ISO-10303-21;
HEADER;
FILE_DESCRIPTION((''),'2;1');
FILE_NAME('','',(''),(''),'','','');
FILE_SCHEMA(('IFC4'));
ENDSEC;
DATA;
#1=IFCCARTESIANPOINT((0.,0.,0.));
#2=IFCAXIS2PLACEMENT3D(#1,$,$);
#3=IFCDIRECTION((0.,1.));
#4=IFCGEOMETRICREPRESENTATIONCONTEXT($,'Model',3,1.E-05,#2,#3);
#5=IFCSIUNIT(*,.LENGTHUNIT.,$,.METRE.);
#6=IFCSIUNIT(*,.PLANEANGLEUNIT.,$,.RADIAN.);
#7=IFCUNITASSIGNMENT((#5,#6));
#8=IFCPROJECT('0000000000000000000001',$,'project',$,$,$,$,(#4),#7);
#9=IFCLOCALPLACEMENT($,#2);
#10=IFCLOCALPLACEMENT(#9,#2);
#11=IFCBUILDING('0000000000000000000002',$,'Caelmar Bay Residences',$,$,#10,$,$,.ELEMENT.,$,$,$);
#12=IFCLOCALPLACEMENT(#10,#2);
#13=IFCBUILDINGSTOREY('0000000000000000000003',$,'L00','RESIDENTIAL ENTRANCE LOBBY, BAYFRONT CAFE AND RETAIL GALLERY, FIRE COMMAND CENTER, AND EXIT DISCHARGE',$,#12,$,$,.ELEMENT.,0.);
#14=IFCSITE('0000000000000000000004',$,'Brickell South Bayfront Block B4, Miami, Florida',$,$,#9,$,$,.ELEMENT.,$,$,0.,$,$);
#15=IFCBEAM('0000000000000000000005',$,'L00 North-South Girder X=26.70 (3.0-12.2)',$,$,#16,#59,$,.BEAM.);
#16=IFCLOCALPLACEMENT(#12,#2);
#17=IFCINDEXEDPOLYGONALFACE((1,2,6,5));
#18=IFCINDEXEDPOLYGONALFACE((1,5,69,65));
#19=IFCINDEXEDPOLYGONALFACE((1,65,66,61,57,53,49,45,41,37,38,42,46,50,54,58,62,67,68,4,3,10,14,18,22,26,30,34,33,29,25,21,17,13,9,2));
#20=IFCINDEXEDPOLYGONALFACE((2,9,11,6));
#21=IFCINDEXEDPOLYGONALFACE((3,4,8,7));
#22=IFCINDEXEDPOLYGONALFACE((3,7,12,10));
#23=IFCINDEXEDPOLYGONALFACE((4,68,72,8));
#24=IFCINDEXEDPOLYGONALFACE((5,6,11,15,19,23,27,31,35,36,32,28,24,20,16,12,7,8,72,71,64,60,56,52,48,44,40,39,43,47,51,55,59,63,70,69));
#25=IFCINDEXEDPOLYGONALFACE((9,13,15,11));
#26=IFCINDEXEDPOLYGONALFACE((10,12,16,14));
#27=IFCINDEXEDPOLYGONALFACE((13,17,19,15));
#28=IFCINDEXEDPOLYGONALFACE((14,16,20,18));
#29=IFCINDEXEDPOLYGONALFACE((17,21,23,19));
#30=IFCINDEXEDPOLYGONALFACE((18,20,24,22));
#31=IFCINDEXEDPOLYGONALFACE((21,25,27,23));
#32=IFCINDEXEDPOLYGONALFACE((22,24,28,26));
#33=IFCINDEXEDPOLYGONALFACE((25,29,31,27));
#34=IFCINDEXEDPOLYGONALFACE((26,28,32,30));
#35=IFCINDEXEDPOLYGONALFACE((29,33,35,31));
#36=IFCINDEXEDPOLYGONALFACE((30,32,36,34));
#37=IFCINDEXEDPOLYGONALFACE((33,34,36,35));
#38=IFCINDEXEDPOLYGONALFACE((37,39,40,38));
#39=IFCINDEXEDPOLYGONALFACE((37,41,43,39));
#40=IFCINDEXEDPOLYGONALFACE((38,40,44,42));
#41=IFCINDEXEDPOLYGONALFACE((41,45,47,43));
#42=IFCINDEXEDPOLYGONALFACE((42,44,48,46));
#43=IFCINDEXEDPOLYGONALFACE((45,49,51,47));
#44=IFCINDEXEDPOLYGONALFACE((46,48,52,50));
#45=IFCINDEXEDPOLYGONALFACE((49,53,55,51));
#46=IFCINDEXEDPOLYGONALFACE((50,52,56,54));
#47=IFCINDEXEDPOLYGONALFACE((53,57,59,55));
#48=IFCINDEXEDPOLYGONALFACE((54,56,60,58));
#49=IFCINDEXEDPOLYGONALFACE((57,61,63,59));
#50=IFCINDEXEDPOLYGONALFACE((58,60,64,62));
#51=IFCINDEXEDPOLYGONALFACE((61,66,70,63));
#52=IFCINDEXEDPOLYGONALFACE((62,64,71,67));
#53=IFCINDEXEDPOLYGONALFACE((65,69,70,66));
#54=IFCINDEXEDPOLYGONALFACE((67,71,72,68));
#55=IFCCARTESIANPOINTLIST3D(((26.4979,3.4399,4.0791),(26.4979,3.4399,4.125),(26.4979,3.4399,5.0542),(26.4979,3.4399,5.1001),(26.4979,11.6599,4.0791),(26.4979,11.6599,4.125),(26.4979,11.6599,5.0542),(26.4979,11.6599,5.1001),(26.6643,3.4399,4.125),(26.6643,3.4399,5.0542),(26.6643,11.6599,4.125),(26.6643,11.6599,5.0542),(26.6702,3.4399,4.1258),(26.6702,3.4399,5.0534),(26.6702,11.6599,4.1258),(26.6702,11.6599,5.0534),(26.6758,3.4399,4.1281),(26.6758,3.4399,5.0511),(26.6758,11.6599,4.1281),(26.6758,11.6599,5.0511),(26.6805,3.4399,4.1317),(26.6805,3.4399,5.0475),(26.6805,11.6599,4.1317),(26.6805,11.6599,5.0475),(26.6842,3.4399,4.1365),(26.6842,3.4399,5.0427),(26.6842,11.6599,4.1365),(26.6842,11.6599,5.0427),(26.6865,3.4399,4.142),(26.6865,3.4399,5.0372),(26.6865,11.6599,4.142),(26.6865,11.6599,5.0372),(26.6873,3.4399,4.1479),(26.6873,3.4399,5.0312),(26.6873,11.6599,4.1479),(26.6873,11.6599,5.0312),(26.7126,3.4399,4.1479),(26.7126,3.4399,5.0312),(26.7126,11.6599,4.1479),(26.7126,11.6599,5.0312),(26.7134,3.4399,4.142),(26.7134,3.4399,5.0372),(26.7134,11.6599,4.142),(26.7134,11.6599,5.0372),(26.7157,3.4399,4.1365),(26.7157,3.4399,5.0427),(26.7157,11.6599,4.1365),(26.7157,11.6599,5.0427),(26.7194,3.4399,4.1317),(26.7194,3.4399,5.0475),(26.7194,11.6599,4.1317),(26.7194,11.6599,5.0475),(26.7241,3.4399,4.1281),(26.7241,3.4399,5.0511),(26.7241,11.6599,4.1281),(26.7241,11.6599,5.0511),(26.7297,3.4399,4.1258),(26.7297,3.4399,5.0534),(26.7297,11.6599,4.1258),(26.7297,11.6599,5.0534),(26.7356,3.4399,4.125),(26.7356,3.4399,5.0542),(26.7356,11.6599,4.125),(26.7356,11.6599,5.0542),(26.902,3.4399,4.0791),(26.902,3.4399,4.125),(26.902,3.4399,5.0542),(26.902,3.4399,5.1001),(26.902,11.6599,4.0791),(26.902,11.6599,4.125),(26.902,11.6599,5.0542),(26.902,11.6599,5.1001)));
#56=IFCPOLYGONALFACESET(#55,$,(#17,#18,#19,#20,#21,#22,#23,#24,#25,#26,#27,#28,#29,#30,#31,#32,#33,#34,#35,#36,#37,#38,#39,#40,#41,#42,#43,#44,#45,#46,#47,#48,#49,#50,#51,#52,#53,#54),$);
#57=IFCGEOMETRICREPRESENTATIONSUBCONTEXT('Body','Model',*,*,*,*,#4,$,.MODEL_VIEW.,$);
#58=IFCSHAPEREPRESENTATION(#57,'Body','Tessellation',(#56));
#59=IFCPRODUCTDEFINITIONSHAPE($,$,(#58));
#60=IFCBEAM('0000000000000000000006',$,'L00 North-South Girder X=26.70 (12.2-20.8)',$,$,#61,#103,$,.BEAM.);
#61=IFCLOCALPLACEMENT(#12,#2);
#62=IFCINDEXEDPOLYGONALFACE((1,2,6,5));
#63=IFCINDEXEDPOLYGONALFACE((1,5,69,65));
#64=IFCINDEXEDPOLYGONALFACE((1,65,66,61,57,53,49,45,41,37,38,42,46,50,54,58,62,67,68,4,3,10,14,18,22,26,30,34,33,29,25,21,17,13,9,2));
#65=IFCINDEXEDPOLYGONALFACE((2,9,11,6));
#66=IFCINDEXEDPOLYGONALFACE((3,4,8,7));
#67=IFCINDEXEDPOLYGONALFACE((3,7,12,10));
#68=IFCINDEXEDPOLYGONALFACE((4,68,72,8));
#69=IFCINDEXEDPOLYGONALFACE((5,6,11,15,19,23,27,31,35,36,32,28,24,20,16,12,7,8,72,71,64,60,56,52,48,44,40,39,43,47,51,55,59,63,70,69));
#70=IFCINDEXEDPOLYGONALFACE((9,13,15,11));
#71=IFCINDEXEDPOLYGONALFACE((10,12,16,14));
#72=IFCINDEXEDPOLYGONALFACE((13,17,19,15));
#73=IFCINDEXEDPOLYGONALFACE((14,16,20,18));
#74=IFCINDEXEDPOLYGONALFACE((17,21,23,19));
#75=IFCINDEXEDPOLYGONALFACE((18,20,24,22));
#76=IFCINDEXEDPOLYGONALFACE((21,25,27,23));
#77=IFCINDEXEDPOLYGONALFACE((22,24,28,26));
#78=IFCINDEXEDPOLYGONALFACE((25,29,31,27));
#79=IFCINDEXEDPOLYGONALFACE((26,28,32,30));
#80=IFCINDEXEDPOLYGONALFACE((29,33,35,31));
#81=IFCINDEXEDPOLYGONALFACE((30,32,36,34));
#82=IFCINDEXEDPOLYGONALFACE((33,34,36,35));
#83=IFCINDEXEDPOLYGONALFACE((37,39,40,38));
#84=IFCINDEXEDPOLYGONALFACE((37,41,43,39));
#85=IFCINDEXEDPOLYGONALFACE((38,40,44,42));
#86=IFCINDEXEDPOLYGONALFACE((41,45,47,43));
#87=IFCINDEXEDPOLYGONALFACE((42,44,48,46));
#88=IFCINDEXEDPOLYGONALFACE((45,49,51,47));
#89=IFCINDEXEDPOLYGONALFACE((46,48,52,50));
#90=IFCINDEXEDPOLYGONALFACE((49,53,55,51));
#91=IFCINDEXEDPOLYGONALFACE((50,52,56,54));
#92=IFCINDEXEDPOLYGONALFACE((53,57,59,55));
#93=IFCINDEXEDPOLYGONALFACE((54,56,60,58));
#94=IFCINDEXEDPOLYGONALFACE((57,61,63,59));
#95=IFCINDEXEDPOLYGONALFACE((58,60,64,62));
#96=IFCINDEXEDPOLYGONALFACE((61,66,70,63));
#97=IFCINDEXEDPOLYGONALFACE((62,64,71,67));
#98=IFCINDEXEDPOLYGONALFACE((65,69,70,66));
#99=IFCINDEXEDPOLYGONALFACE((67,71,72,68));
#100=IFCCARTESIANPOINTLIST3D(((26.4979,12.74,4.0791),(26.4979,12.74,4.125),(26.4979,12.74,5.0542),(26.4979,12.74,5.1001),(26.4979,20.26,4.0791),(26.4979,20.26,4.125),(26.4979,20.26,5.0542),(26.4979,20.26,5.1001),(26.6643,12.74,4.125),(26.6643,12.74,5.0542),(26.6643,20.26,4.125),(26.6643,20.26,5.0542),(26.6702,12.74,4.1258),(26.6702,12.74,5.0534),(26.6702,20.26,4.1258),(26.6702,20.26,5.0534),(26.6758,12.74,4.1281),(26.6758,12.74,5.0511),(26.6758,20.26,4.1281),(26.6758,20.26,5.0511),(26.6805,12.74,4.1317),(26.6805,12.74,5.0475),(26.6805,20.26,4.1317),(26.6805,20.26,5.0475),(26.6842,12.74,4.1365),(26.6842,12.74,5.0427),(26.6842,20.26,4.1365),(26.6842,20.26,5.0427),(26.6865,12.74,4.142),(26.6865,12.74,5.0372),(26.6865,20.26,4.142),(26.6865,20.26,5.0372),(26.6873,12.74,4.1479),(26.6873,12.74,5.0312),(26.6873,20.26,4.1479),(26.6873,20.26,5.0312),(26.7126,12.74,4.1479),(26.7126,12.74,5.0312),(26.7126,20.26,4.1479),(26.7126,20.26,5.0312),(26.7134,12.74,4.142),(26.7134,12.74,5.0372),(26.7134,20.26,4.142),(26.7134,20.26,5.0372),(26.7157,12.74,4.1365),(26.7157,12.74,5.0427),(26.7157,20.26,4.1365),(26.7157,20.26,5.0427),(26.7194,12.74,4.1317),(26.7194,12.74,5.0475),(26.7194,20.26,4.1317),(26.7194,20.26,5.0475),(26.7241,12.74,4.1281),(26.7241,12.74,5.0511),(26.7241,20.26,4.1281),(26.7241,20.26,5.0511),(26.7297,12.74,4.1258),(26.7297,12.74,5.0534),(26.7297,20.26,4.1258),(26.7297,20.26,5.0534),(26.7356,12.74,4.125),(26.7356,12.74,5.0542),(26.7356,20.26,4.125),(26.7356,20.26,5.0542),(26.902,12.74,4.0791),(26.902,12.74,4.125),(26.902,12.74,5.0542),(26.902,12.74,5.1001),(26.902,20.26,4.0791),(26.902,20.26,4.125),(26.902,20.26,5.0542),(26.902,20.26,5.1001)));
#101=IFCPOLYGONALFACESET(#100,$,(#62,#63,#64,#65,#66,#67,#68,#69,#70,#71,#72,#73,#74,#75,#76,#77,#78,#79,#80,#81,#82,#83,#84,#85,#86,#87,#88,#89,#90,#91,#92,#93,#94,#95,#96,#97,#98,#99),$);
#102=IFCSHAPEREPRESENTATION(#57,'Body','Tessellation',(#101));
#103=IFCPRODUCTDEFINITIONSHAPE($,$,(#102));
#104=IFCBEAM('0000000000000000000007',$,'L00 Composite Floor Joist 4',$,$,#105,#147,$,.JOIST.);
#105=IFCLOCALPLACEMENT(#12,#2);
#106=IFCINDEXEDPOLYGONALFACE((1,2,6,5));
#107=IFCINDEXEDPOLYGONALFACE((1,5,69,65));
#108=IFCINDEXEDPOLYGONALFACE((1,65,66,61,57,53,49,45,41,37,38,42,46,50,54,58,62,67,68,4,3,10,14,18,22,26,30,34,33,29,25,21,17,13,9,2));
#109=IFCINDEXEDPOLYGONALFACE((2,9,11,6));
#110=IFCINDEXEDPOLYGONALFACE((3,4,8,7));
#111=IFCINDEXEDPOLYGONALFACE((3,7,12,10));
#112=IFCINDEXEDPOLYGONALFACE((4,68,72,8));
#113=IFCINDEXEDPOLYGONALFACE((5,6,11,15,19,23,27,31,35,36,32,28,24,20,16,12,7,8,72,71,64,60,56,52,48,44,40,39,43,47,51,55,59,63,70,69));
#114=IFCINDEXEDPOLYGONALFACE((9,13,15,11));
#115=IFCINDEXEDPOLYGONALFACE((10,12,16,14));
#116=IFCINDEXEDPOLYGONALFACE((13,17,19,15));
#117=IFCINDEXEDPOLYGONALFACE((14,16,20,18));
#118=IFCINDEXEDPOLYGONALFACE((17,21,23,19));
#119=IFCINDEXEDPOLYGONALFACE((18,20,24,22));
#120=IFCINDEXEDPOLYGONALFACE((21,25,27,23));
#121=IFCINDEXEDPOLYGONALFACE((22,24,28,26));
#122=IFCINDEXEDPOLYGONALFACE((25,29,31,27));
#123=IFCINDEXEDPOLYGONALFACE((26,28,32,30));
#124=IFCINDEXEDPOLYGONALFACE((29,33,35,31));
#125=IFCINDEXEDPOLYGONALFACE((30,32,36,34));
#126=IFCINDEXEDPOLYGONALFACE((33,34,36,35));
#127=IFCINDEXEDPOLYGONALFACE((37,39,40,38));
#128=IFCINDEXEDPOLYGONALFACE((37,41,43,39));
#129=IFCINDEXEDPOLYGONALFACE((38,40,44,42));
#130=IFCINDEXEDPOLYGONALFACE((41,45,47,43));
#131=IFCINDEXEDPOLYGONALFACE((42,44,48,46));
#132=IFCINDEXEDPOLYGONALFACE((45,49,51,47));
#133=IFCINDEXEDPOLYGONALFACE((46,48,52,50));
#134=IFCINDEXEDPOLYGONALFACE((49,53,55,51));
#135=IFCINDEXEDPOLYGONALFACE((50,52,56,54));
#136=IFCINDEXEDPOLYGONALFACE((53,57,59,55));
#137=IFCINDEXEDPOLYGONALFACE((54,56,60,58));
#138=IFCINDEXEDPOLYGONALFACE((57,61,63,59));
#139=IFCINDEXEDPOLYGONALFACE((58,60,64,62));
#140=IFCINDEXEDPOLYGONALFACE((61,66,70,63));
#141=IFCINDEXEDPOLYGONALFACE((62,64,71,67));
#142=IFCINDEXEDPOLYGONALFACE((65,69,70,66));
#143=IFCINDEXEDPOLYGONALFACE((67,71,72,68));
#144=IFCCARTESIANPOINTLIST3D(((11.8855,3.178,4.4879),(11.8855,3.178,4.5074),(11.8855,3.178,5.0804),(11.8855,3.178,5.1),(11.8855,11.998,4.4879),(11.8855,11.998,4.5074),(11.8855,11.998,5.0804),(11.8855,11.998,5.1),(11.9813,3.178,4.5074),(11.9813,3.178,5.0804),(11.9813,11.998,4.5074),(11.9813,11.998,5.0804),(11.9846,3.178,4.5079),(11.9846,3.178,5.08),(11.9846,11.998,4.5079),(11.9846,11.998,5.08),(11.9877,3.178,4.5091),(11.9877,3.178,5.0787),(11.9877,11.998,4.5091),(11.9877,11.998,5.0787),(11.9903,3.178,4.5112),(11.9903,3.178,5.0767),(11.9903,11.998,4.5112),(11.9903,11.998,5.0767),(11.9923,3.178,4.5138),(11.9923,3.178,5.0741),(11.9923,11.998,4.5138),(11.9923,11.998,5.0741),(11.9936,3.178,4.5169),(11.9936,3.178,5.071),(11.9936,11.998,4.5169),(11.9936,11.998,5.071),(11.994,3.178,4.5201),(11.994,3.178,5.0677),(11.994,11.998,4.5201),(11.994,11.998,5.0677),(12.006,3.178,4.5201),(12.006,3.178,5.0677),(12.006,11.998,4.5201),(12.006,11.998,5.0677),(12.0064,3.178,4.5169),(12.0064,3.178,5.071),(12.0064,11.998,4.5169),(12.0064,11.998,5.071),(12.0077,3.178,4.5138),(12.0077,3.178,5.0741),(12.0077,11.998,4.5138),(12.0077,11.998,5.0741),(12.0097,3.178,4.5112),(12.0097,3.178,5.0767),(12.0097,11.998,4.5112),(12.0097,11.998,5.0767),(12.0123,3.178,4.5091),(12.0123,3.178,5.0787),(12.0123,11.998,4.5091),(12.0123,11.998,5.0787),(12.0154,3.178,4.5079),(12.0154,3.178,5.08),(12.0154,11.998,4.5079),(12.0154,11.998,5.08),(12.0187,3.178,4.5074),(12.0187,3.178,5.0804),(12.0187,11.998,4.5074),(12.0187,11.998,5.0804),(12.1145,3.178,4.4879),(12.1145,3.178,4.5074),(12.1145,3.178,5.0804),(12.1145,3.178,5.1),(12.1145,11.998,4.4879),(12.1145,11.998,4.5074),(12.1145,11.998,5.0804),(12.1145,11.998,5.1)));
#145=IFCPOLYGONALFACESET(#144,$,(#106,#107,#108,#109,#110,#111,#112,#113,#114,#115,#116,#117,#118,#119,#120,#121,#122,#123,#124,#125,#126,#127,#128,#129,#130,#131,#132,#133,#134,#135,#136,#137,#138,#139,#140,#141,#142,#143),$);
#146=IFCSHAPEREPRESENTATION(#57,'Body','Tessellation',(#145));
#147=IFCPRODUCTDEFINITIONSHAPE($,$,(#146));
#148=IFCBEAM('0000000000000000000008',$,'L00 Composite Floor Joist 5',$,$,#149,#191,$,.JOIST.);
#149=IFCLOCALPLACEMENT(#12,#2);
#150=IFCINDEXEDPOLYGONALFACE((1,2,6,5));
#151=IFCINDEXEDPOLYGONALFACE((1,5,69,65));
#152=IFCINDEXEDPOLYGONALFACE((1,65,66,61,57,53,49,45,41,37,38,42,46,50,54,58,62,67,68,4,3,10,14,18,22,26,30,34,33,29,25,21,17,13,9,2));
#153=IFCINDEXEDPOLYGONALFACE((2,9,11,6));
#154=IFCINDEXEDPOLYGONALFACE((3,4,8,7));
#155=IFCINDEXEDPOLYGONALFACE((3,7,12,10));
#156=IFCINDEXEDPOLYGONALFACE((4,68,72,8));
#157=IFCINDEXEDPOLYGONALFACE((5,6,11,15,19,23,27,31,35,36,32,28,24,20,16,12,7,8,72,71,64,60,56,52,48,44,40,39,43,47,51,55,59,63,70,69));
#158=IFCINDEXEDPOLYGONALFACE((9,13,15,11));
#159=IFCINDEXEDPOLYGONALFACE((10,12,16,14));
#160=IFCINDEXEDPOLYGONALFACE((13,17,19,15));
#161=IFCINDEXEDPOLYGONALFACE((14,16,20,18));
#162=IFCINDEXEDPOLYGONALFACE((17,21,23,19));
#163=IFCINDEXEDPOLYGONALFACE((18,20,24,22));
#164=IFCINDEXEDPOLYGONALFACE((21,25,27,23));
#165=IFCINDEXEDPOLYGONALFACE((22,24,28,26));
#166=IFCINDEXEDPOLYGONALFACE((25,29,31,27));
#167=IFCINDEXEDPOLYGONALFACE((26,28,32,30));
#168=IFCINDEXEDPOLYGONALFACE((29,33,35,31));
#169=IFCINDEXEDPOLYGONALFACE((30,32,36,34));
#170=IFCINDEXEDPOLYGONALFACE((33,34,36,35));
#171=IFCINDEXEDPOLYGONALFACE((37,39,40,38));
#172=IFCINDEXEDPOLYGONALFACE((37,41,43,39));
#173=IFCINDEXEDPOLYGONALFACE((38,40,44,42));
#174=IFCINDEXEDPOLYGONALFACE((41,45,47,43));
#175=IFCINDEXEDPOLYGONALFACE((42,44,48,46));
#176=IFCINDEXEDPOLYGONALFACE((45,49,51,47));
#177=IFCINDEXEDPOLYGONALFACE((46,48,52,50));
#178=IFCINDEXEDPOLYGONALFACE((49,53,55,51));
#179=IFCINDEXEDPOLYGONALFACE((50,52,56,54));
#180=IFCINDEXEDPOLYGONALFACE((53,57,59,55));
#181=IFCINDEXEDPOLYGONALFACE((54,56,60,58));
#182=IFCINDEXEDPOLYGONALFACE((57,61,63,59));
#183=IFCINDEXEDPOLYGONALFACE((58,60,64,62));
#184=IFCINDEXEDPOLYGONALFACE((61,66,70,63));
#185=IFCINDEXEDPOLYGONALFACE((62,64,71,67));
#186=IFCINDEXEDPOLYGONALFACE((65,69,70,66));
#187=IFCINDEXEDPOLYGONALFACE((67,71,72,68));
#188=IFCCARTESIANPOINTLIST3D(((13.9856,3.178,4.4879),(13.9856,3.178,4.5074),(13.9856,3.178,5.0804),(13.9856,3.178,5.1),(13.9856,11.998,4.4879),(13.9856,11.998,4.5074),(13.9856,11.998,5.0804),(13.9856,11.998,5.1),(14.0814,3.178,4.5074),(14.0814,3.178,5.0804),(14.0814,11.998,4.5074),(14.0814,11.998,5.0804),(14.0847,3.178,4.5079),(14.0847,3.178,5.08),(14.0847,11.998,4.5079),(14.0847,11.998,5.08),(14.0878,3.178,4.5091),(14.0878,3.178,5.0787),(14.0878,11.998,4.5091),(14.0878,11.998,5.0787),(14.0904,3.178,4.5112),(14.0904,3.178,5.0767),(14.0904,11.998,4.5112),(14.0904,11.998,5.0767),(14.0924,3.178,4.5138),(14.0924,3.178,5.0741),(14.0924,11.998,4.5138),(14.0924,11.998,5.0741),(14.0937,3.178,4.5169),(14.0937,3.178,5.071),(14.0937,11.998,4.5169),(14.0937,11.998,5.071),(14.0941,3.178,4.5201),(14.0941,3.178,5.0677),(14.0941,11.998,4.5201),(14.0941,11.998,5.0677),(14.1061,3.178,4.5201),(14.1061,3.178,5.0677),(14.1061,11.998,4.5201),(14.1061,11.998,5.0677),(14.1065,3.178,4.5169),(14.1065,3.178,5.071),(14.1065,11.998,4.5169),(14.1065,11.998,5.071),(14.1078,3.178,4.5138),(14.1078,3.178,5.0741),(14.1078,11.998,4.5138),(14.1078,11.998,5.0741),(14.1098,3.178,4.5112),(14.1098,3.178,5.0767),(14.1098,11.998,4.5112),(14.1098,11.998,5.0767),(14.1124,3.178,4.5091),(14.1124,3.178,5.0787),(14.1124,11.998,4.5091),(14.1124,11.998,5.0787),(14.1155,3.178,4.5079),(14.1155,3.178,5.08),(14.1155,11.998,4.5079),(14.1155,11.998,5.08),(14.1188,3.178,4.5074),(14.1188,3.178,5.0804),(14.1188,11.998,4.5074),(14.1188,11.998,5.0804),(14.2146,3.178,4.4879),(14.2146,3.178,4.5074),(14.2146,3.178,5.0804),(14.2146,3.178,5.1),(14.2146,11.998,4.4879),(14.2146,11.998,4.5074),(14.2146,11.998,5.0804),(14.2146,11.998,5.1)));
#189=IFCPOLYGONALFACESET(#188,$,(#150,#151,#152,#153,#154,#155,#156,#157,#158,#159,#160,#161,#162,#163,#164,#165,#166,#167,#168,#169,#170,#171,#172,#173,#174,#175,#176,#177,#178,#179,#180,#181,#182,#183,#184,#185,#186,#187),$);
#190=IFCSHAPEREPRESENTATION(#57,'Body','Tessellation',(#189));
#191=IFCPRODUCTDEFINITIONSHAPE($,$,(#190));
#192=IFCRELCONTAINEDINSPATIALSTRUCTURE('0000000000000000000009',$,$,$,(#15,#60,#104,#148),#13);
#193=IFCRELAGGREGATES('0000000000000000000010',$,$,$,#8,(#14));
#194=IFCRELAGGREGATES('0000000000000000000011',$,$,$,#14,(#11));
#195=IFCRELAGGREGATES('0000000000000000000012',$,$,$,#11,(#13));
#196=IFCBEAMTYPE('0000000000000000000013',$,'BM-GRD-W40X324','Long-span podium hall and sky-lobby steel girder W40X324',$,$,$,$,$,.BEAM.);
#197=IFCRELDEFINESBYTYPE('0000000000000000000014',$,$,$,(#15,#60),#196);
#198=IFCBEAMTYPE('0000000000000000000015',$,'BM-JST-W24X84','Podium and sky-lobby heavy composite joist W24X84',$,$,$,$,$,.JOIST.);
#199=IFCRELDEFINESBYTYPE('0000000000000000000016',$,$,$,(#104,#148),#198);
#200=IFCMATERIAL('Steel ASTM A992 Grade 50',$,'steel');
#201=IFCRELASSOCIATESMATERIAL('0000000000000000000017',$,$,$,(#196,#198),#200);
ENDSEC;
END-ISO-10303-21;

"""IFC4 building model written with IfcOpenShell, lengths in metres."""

from ifc_helpers import new_model, si_unit, direction, frame, origin, origin_2d, place, context, subcontext, project, spatial, i_section, extrude, material, material_profile, profile_set, type_object, element, save


model = new_model("IFC4")

# Units and contexts
model_context = context("Model", 3, precision=1e-05, world=origin(), true_north=direction((0.0, 1.0)))
body_context = subcontext(model_context, "Body", "Model", "MODEL_VIEW")
ifc_project = project(units=[si_unit("LENGTHUNIT", "METRE"), si_unit("PLANEANGLEUNIT", "RADIAN")], contexts=[model_context])

# Site, building, storey
site_placement = place(None, origin())
site = spatial("IfcSite", under=ifc_project, at=site_placement, Name="Brickell South Bayfront Block B4, Miami, Florida", CompositionType="ELEMENT", RefElevation=0.0)
building_placement = place(site_placement, origin())
building = spatial("IfcBuilding", under=site, at=building_placement, Name="Caelmar Bay Residences", CompositionType="ELEMENT")
storey_placement = place(building_placement, origin())
storey = spatial("IfcBuildingStorey", under=building, at=storey_placement, Name="L00", Description="RESIDENTIAL ENTRANCE LOBBY, BAYFRONT CAFE AND RETAIL GALLERY, FIRE COMMAND CENTER, AND EXIT DISCHARGE", CompositionType="ELEMENT", Elevation=0.0)

# Beams
ifc_material_1 = material(Name="Steel ASTM A992 Grade 50", Category="steel")
ifc_material_profile_1 = material_profile(ifc_material_1, i_section(OverallWidth=0.4041, OverallDepth=1.021, WebThickness=0.0254, FlangeThickness=0.0459, FilletRadius=0.0229, at=origin_2d()), Name="W40X324")
ifc_profile_set_1 = profile_set([ifc_material_profile_1], Name="Steel ASTM A992 Grade 50")
beam_type_1 = type_object("IfcBeamType", Name="BM-GRD-W40X324", Description="Long-span podium hall and sky-lobby steel girder W40X324", PredefinedType="BEAM", material=ifc_profile_set_1)
beam_1_placement = place(storey_placement, frame((26.7, 3.4399, 4.5896), z_axis=(0.0, 1.0, 0.0), x_axis=(-1.0, 0.0, 0.0)))
element("IfcBeam", 1, at=beam_1_placement, inside=storey, type_object=beam_type_1, Name="L00 North-South Girder X=26.70 (3.0-12.2)", PredefinedType="BEAM", context=body_context, shape_type="SweptSolid", body=[
    extrude(i_section(OverallWidth=0.4041, OverallDepth=1.021, WebThickness=0.0254, FlangeThickness=0.0459, FilletRadius=0.0229, at=origin_2d()), origin(), (0.0, 0.0, 1.0), 8.22),
])
beam_2_placement = place(storey_placement, frame((26.7, 12.74, 4.5896), z_axis=(0.0, 1.0, 0.0), x_axis=(-1.0, 0.0, 0.0)))
element("IfcBeam", 2, at=beam_2_placement, inside=storey, type_object=beam_type_1, Name="L00 North-South Girder X=26.70 (12.2-20.8)", PredefinedType="BEAM", context=body_context, shape_type="SweptSolid", body=[
    extrude(i_section(OverallWidth=0.4041, OverallDepth=1.021, WebThickness=0.0254, FlangeThickness=0.0459, FilletRadius=0.0229, at=origin_2d()), origin(), (0.0, 0.0, 1.0), 7.52),
])
ifc_material_profile_2 = material_profile(ifc_material_1, i_section(OverallWidth=0.229, OverallDepth=0.6121, WebThickness=0.012, FlangeThickness=0.0195, FilletRadius=0.0127, at=origin_2d()), Name="W24X84")
ifc_profile_set_2 = profile_set([ifc_material_profile_2], Name="Steel ASTM A992 Grade 50")
beam_type_2 = type_object("IfcBeamType", Name="BM-JST-W24X84", Description="Podium and sky-lobby heavy composite joist W24X84", PredefinedType="JOIST", material=ifc_profile_set_2)
for number, where, z_axis, x_axis, name in (
    (3, (12.0, 3.178, 4.7939), (0.0, 1.0, 0.0), (-1.0, 0.0, 0.0), "L00 Composite Floor Joist 4"),
    (4, (14.1001, 3.178, 4.7939), (0.0, 1.0, 0.0), (-1.0, 0.0, 0.0), "L00 Composite Floor Joist 5"),
):
    element("IfcBeam", number, at=place(storey_placement, frame(where, z_axis=z_axis, x_axis=x_axis)), inside=storey, type_object=beam_type_2, Name=name, PredefinedType="JOIST", context=body_context, shape_type="SweptSolid", body=[
        extrude(i_section(OverallWidth=0.229, OverallDepth=0.6121, WebThickness=0.012, FlangeThickness=0.0195, FilletRadius=0.0127, at=origin_2d()), origin(), (0.0, 0.0, 1.0), 8.8201),
    ])

save(model, "model.ifc")
